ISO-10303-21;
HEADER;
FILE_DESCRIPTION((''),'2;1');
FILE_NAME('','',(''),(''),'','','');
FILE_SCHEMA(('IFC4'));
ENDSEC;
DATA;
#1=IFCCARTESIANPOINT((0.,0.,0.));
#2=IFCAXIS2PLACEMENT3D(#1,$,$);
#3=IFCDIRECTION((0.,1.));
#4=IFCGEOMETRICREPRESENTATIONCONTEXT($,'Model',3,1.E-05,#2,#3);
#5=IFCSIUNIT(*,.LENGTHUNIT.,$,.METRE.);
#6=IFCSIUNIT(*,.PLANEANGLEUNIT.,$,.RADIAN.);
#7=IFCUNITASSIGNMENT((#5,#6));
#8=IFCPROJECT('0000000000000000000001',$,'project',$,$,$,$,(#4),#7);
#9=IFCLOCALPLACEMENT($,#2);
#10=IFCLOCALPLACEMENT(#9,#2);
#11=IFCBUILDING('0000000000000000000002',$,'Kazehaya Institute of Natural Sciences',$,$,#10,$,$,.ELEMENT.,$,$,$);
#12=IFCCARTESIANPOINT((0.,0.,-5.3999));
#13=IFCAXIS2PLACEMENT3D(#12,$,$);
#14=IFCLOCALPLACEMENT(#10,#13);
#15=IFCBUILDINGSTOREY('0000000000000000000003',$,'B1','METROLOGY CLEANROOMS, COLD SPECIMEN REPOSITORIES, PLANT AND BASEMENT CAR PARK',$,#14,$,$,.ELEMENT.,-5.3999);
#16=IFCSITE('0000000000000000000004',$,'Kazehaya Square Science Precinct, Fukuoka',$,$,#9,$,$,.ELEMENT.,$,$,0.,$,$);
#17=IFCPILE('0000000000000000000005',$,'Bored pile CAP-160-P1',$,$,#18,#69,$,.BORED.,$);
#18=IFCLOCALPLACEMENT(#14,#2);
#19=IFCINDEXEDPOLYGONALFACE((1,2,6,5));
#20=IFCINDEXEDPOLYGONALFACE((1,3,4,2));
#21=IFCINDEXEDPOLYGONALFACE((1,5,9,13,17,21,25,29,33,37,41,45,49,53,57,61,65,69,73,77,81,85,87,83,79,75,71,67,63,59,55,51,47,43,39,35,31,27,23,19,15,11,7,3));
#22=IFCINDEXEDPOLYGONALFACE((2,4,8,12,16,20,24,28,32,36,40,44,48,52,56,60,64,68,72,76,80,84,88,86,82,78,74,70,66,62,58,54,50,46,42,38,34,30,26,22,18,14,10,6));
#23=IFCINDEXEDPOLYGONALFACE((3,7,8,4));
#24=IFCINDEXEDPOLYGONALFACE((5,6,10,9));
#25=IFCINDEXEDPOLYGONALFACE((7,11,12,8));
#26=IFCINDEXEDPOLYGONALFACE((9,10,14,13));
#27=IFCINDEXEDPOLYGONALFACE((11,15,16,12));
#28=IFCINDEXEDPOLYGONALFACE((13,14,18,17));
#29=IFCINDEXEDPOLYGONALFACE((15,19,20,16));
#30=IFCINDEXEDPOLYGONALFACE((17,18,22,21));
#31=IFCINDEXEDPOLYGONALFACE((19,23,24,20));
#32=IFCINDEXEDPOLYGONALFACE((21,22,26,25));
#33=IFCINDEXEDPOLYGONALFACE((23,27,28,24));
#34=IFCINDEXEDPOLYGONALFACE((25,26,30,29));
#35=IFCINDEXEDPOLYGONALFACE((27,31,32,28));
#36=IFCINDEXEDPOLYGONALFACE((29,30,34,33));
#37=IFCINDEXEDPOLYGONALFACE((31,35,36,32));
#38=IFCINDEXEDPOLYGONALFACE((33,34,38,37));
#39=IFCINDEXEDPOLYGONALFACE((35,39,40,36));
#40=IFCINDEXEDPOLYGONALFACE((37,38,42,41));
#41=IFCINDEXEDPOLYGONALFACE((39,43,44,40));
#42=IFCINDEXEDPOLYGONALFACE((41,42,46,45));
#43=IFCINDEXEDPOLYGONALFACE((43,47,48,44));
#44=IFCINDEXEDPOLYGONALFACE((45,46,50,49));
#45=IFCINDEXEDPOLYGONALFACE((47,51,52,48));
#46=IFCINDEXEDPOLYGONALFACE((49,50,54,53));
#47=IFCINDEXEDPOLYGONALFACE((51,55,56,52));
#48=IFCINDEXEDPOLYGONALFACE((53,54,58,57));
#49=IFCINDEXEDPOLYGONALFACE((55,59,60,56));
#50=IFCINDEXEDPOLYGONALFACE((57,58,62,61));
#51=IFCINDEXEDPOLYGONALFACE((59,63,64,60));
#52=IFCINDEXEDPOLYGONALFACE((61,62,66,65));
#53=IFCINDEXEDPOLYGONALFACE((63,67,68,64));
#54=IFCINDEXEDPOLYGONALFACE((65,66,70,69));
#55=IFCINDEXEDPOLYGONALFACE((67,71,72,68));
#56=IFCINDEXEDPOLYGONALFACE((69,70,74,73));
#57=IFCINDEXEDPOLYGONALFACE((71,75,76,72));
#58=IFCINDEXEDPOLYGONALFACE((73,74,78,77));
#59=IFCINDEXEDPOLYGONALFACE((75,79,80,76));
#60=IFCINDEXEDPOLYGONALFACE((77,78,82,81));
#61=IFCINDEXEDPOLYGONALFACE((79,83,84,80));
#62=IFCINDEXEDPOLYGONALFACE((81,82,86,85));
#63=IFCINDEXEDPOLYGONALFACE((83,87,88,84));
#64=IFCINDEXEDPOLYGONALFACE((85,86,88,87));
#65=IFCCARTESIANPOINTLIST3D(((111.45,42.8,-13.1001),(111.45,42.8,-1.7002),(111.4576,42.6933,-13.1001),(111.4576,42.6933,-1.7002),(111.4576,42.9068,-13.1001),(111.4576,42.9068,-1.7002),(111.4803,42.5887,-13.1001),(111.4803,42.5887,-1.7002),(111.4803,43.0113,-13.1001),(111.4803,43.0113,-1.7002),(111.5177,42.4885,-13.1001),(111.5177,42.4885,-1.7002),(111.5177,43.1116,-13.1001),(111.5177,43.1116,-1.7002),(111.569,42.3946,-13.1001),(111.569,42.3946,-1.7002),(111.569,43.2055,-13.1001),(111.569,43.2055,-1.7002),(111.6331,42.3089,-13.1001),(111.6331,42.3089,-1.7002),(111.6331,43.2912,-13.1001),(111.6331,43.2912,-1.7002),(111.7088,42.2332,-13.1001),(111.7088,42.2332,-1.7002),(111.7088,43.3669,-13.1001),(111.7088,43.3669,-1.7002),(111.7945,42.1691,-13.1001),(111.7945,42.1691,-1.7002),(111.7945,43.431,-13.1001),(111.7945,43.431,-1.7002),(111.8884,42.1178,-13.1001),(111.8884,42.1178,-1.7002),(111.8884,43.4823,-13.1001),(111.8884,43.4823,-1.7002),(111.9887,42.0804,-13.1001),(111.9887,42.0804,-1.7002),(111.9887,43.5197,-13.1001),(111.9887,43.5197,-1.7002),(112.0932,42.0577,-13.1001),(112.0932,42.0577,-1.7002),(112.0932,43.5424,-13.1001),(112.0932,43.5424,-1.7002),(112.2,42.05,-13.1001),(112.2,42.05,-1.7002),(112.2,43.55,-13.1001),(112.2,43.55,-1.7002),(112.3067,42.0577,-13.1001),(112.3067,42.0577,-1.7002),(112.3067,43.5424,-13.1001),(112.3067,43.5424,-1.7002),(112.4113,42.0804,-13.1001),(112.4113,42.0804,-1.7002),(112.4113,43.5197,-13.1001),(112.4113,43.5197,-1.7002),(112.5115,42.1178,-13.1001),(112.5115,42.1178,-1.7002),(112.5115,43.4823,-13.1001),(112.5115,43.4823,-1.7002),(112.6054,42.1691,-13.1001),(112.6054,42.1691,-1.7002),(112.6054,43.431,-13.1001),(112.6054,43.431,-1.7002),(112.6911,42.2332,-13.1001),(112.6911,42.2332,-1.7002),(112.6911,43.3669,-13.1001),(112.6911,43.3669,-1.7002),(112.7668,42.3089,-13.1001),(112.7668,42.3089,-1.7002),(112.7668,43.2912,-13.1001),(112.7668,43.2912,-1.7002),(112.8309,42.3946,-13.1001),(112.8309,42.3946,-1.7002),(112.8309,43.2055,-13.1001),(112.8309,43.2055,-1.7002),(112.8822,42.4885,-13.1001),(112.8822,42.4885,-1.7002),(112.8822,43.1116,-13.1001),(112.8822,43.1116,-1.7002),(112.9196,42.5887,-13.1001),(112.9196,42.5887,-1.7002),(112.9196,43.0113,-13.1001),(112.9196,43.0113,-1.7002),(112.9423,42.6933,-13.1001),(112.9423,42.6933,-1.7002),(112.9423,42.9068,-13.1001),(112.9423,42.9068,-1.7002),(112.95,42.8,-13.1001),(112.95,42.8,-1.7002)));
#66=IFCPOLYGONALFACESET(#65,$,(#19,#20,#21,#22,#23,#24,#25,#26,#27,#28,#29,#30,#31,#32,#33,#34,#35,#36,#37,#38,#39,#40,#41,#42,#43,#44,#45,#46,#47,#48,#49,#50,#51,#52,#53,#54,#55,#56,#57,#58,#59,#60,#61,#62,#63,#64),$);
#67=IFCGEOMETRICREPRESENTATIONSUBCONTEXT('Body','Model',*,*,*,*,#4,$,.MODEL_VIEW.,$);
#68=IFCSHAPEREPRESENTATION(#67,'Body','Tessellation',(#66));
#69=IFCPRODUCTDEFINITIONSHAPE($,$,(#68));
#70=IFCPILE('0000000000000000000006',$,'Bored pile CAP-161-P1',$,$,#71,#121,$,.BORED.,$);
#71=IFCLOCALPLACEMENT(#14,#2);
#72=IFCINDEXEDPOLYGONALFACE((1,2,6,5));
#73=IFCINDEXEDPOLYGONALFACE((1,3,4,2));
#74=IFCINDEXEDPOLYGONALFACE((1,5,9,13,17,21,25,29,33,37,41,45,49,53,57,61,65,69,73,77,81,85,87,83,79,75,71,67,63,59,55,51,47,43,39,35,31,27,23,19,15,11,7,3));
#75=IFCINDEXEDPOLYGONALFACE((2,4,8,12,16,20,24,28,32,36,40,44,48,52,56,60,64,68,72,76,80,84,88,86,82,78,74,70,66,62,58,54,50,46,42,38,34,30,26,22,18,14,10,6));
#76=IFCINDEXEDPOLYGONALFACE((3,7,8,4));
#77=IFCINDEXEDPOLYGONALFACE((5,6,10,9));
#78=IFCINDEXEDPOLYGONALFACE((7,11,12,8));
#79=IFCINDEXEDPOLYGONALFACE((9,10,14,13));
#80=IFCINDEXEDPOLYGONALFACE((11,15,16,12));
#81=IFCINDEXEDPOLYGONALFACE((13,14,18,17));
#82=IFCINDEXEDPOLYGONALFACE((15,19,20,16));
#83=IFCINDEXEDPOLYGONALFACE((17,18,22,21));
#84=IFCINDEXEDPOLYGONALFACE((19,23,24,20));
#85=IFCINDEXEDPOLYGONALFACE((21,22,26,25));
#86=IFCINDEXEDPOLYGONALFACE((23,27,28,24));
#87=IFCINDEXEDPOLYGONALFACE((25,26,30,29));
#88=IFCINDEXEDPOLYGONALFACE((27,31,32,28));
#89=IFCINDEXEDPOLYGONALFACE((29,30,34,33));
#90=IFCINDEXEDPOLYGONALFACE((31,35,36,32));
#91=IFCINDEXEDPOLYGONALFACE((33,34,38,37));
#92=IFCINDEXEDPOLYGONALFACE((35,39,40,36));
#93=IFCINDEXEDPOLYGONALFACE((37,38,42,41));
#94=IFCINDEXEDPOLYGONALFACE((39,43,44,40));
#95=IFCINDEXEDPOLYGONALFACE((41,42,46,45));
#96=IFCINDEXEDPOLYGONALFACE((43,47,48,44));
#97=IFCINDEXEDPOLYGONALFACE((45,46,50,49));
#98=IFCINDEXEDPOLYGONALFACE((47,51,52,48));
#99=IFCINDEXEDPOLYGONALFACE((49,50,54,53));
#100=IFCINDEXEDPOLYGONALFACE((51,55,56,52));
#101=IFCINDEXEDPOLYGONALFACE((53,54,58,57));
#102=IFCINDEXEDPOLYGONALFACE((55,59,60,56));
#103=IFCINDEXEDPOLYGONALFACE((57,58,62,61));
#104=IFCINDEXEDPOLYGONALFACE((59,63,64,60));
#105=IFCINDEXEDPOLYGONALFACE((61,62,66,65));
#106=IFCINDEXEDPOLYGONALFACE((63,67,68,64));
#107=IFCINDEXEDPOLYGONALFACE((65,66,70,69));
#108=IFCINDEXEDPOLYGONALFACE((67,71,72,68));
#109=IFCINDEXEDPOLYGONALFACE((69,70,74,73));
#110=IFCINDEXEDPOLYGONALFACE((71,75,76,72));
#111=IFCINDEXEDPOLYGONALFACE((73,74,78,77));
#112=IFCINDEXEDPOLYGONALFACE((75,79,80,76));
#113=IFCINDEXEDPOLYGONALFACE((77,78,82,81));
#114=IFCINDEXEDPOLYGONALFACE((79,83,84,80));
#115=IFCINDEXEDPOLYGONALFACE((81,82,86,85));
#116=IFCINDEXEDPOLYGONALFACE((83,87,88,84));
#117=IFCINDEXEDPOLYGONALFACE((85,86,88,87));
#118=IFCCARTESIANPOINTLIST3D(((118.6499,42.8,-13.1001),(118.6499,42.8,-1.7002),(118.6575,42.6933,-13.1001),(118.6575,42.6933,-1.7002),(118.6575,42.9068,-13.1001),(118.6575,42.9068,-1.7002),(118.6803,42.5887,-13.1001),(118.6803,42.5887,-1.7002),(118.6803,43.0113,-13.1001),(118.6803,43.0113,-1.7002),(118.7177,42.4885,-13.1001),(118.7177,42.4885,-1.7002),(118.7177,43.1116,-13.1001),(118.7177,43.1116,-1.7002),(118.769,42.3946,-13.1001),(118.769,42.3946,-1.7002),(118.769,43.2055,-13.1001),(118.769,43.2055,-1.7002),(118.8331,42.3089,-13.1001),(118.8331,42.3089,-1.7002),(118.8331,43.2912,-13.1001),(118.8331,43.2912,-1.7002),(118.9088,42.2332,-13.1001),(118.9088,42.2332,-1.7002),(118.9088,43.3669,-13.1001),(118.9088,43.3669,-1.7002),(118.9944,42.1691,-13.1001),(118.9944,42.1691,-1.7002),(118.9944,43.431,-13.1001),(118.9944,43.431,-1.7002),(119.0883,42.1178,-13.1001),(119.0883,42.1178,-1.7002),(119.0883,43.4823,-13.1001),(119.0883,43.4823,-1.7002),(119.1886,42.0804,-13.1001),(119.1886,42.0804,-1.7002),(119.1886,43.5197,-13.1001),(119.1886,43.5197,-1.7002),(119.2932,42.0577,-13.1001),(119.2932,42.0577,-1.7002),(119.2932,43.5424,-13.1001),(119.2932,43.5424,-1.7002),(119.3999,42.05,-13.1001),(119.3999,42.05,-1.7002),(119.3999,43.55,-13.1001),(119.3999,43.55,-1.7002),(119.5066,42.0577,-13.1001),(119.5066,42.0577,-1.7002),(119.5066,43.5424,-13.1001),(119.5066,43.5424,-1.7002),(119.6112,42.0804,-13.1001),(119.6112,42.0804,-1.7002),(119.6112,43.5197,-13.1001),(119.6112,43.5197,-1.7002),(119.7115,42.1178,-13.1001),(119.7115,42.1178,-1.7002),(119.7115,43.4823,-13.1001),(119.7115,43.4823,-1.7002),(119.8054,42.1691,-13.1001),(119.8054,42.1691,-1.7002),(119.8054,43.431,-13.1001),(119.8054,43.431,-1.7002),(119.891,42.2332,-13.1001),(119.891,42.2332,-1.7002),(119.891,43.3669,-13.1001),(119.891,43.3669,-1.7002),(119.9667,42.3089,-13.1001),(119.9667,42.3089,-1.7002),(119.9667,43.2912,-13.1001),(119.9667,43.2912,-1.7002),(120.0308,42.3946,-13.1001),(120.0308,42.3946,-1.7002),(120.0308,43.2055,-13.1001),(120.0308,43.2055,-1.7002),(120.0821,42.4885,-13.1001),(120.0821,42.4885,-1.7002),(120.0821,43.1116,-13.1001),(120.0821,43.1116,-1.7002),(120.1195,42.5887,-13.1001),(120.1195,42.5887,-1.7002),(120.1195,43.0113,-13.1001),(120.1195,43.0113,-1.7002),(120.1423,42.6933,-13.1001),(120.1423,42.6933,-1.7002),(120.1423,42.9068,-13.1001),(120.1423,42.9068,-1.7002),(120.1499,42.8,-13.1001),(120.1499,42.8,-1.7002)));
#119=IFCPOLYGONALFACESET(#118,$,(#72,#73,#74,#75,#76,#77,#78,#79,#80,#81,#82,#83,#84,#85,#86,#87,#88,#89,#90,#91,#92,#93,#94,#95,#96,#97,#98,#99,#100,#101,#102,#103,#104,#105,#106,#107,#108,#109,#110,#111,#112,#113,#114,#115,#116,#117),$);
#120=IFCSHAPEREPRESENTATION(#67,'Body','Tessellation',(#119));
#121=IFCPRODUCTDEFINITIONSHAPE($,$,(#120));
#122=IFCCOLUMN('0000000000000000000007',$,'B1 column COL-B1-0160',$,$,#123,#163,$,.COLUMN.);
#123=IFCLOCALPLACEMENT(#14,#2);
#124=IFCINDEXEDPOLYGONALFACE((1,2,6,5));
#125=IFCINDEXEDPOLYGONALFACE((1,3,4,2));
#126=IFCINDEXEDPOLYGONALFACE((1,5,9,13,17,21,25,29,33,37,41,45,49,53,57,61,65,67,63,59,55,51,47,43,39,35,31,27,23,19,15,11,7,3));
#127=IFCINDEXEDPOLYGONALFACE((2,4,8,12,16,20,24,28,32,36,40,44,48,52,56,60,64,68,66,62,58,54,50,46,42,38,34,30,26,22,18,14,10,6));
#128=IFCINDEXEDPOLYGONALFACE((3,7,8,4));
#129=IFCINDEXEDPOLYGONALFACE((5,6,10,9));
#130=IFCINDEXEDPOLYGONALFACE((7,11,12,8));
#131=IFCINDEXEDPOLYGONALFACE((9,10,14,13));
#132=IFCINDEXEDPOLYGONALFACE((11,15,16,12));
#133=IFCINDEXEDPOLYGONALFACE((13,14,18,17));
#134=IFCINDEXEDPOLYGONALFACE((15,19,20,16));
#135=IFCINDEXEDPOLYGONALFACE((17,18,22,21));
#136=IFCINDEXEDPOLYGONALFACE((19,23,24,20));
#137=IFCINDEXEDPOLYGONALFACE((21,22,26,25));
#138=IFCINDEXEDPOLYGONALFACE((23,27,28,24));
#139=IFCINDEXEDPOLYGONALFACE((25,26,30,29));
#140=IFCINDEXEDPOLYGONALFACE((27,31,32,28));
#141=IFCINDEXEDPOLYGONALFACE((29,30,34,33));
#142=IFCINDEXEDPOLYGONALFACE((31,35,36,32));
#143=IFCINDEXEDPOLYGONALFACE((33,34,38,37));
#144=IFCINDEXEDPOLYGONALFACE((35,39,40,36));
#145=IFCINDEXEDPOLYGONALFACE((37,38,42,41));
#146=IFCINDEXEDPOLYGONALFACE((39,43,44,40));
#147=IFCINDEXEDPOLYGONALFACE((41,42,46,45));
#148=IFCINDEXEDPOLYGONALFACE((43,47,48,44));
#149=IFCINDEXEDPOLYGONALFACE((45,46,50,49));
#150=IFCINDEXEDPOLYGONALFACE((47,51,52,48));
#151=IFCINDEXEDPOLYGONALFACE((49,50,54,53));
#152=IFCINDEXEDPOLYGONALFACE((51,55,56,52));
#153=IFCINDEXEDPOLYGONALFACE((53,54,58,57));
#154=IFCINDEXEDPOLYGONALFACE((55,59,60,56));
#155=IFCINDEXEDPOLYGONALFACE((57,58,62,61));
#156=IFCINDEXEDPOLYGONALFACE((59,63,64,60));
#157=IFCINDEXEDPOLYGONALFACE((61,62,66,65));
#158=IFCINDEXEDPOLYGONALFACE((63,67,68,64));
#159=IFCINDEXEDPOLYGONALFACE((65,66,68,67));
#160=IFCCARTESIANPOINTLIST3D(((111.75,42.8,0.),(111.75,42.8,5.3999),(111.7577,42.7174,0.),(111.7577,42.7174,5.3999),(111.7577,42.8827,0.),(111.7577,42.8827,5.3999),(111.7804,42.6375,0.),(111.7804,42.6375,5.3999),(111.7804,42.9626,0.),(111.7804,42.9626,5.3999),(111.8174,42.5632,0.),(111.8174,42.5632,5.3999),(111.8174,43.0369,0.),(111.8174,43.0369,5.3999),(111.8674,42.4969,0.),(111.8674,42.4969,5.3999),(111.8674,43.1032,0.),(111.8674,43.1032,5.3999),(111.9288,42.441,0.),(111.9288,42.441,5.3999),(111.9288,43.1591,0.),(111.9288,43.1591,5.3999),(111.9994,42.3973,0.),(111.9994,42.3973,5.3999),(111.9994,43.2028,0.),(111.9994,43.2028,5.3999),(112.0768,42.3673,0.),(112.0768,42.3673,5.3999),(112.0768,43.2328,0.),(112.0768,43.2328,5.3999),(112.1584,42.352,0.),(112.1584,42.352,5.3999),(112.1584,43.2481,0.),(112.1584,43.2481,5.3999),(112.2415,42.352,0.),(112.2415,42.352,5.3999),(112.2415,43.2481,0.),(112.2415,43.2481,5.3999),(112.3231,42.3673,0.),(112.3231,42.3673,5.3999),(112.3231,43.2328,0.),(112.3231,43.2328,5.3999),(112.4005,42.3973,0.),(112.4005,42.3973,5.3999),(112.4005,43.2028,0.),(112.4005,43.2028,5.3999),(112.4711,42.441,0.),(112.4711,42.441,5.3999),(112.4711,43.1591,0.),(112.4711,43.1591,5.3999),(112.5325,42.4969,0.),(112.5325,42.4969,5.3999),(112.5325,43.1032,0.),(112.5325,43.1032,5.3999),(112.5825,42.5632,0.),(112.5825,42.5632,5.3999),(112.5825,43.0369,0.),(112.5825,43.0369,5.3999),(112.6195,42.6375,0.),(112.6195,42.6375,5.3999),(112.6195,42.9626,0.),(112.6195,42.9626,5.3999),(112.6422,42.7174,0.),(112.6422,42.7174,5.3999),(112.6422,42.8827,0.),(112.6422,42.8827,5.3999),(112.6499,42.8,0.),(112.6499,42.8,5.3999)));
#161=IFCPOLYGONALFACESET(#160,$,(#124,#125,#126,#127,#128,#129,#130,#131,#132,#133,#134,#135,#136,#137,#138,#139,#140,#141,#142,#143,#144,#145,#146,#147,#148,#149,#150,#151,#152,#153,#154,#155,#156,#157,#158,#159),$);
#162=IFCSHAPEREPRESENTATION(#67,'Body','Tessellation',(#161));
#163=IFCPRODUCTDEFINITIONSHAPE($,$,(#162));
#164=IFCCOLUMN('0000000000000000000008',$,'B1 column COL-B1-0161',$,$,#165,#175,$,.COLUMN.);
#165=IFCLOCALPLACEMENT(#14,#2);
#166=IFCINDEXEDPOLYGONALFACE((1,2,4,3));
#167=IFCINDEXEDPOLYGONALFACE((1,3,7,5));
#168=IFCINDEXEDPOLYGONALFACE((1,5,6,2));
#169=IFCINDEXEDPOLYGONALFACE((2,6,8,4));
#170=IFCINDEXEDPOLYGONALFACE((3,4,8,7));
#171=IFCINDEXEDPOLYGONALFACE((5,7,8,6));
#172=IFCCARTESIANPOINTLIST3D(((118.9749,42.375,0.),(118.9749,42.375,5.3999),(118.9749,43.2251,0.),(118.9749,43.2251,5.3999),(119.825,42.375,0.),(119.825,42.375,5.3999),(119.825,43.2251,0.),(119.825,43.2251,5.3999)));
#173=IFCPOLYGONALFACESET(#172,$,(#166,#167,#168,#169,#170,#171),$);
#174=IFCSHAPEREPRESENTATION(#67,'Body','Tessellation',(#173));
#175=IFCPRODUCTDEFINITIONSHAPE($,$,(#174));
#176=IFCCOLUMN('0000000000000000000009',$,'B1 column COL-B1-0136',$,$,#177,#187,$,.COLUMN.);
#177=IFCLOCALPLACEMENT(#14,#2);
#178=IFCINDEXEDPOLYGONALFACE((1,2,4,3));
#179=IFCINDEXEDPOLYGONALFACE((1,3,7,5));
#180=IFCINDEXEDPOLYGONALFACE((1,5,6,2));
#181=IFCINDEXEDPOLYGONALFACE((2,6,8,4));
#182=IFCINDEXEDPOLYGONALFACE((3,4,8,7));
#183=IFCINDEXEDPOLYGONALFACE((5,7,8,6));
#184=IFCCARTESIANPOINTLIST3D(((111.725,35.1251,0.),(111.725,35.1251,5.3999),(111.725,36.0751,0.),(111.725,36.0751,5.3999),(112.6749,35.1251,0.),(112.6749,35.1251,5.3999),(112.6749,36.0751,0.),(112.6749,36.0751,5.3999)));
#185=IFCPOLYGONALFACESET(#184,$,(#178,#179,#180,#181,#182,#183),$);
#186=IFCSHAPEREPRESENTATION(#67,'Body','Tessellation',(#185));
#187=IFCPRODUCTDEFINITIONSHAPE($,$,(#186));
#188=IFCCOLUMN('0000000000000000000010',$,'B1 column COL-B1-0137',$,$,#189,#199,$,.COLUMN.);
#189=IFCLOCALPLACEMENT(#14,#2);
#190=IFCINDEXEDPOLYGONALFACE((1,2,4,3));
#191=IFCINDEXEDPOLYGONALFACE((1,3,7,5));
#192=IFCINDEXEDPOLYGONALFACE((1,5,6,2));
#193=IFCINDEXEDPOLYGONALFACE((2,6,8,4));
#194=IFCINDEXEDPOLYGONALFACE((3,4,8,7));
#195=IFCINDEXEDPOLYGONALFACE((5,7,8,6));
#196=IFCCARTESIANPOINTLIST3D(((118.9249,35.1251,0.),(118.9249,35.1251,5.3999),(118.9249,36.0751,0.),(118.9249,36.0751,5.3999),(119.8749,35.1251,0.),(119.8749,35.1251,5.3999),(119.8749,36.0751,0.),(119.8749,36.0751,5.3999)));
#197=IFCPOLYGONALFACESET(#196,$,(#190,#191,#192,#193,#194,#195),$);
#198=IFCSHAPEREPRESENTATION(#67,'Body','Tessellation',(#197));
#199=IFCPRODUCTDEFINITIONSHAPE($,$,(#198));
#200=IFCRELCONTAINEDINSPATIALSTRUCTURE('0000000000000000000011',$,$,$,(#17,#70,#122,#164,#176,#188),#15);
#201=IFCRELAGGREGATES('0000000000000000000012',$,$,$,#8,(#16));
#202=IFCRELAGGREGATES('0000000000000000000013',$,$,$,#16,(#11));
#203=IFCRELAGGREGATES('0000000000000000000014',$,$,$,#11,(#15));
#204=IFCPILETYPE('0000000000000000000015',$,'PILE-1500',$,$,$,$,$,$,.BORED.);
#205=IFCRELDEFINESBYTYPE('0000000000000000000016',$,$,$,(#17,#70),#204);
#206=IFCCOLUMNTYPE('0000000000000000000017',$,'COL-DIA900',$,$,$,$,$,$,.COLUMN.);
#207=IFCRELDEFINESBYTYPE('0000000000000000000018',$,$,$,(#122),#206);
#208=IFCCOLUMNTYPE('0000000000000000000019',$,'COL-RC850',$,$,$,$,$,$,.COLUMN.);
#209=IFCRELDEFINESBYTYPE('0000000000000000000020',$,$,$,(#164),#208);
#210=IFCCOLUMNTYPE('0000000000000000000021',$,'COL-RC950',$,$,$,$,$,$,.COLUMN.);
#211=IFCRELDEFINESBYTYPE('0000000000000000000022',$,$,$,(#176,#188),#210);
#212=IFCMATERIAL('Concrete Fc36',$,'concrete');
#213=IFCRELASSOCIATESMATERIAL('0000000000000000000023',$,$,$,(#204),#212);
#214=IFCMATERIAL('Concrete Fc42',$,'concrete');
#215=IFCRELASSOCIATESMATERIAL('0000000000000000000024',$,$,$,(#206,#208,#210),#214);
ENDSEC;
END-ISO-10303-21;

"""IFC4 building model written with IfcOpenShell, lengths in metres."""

from ifc_helpers import new_model, si_unit, direction, frame, origin, origin_2d, place, context, subcontext, project, spatial, rectangle, circle, extrude, material, material_profile, profile_set, type_object, element, save


model = new_model("IFC4")

# Units and contexts
model_context = context("Model", 3, precision=1e-05, world=origin(), true_north=direction((0.0, 1.0)))
body_context = subcontext(model_context, "Body", "Model", "MODEL_VIEW")
ifc_project = project(units=[si_unit("LENGTHUNIT", "METRE"), si_unit("PLANEANGLEUNIT", "RADIAN")], contexts=[model_context])

# Site, building, storey
site_placement = place(None, origin())
site = spatial("IfcSite", under=ifc_project, at=site_placement, Name="Kazehaya Square Science Precinct, Fukuoka", CompositionType="ELEMENT", RefElevation=0.0)
building_placement = place(site_placement, origin())
building = spatial("IfcBuilding", under=site, at=building_placement, Name="Kazehaya Institute of Natural Sciences", CompositionType="ELEMENT")
storey_placement = place(building_placement, frame((0.0, 0.0, -5.3999)))
storey = spatial("IfcBuildingStorey", under=building, at=storey_placement, Name="B1", Description="METROLOGY CLEANROOMS, COLD SPECIMEN REPOSITORIES, PLANT AND BASEMENT CAR PARK", CompositionType="ELEMENT", Elevation=-5.3999)

# Shared definitions
ifc_material_1 = material(Name="Concrete Fc36", Category="concrete")

# Piles
ifc_material_profile_1 = material_profile(ifc_material_1, circle(Radius=0.75, at=origin_2d()), Name="PILE-1500")
ifc_profile_set_1 = profile_set([ifc_material_profile_1], Name="Concrete Fc36")
pile_type_1 = type_object("IfcPileType", Name="PILE-1500", PredefinedType="BORED", material=ifc_profile_set_1)
for number, where, z_axis, x_axis, name in (
    (1, (112.2, 42.8, -1.7002), (0.0, 0.0, -1.0), (1.0, 0.0, 0.0), "Bored pile CAP-160-P1"),
    (2, (119.3999, 42.8, -1.7002), (0.0, 0.0, -1.0), (1.0, 0.0, 0.0), "Bored pile CAP-161-P1"),
):
    element("IfcPile", number, at=place(storey_placement, frame(where, z_axis=z_axis, x_axis=x_axis)), inside=storey, type_object=pile_type_1, Name=name, PredefinedType="BORED", context=body_context, shape_type="SweptSolid", body=[
        extrude(circle(Radius=0.75, at=origin_2d()), origin(), (0.0, 0.0, 1.0), 11.3999),
    ])

# Columns
ifc_material_2 = material(Name="Concrete Fc42", Category="concrete")
ifc_material_profile_2 = material_profile(ifc_material_2, circle(Radius=0.45, at=origin_2d()), Name="RC-DIA900")
ifc_profile_set_2 = profile_set([ifc_material_profile_2], Name="Concrete Fc42")
column_type_1 = type_object("IfcColumnType", Name="COL-DIA900", PredefinedType="COLUMN", material=ifc_profile_set_2)
column_1_placement = place(storey_placement, frame((112.2, 42.8, 0.0), z_axis=(0.0, 0.0, 1.0), x_axis=(1.0, 0.0, 0.0)))
element("IfcColumn", 3, at=column_1_placement, inside=storey, type_object=column_type_1, Name="B1 column COL-B1-0160", PredefinedType="COLUMN", context=body_context, shape_type="SweptSolid", body=[
    extrude(circle(Radius=0.45, at=origin_2d()), origin(), (0.0, 0.0, 1.0), 5.3999),
])
ifc_material_profile_3 = material_profile(ifc_material_2, rectangle(XDim=0.8501, YDim=0.8501, at=origin_2d()), Name="RC-850x850")
ifc_profile_set_3 = profile_set([ifc_material_profile_3], Name="Concrete Fc42")
column_type_2 = type_object("IfcColumnType", Name="COL-RC850", PredefinedType="COLUMN", material=ifc_profile_set_3)
column_2_placement = place(storey_placement, frame((119.3999, 42.8, 0.0), z_axis=(0.0, 0.0, 1.0), x_axis=(1.0, 0.0, 0.0)))
element("IfcColumn", 4, at=column_2_placement, inside=storey, type_object=column_type_2, Name="B1 column COL-B1-0161", PredefinedType="COLUMN", context=body_context, shape_type="SweptSolid", body=[
    extrude(rectangle(XDim=0.8501, YDim=0.8501, at=origin_2d()), origin(), (0.0, 0.0, 1.0), 5.3999),
])
ifc_material_profile_4 = material_profile(ifc_material_2, rectangle(XDim=0.95, YDim=0.95, at=origin_2d()), Name="RC-950x950")
ifc_profile_set_4 = profile_set([ifc_material_profile_4], Name="Concrete Fc42")
column_type_3 = type_object("IfcColumnType", Name="COL-RC950", PredefinedType="COLUMN", material=ifc_profile_set_4)
for number, where, z_axis, x_axis, name in (
    (5, (112.2, 35.6001, 0.0), (0.0, 0.0, 1.0), (1.0, 0.0, 0.0), "B1 column COL-B1-0136"),
    (6, (119.3999, 35.6001, 0.0), (0.0, 0.0, 1.0), (1.0, 0.0, 0.0), "B1 column COL-B1-0137"),
):
    element("IfcColumn", number, at=place(storey_placement, frame(where, z_axis=z_axis, x_axis=x_axis)), inside=storey, type_object=column_type_3, Name=name, PredefinedType="COLUMN", context=body_context, shape_type="SweptSolid", body=[
        extrude(rectangle(XDim=0.95, YDim=0.95, at=origin_2d()), origin(), (0.0, 0.0, 1.0), 5.3999),
    ])

save(model, "model.ifc")
